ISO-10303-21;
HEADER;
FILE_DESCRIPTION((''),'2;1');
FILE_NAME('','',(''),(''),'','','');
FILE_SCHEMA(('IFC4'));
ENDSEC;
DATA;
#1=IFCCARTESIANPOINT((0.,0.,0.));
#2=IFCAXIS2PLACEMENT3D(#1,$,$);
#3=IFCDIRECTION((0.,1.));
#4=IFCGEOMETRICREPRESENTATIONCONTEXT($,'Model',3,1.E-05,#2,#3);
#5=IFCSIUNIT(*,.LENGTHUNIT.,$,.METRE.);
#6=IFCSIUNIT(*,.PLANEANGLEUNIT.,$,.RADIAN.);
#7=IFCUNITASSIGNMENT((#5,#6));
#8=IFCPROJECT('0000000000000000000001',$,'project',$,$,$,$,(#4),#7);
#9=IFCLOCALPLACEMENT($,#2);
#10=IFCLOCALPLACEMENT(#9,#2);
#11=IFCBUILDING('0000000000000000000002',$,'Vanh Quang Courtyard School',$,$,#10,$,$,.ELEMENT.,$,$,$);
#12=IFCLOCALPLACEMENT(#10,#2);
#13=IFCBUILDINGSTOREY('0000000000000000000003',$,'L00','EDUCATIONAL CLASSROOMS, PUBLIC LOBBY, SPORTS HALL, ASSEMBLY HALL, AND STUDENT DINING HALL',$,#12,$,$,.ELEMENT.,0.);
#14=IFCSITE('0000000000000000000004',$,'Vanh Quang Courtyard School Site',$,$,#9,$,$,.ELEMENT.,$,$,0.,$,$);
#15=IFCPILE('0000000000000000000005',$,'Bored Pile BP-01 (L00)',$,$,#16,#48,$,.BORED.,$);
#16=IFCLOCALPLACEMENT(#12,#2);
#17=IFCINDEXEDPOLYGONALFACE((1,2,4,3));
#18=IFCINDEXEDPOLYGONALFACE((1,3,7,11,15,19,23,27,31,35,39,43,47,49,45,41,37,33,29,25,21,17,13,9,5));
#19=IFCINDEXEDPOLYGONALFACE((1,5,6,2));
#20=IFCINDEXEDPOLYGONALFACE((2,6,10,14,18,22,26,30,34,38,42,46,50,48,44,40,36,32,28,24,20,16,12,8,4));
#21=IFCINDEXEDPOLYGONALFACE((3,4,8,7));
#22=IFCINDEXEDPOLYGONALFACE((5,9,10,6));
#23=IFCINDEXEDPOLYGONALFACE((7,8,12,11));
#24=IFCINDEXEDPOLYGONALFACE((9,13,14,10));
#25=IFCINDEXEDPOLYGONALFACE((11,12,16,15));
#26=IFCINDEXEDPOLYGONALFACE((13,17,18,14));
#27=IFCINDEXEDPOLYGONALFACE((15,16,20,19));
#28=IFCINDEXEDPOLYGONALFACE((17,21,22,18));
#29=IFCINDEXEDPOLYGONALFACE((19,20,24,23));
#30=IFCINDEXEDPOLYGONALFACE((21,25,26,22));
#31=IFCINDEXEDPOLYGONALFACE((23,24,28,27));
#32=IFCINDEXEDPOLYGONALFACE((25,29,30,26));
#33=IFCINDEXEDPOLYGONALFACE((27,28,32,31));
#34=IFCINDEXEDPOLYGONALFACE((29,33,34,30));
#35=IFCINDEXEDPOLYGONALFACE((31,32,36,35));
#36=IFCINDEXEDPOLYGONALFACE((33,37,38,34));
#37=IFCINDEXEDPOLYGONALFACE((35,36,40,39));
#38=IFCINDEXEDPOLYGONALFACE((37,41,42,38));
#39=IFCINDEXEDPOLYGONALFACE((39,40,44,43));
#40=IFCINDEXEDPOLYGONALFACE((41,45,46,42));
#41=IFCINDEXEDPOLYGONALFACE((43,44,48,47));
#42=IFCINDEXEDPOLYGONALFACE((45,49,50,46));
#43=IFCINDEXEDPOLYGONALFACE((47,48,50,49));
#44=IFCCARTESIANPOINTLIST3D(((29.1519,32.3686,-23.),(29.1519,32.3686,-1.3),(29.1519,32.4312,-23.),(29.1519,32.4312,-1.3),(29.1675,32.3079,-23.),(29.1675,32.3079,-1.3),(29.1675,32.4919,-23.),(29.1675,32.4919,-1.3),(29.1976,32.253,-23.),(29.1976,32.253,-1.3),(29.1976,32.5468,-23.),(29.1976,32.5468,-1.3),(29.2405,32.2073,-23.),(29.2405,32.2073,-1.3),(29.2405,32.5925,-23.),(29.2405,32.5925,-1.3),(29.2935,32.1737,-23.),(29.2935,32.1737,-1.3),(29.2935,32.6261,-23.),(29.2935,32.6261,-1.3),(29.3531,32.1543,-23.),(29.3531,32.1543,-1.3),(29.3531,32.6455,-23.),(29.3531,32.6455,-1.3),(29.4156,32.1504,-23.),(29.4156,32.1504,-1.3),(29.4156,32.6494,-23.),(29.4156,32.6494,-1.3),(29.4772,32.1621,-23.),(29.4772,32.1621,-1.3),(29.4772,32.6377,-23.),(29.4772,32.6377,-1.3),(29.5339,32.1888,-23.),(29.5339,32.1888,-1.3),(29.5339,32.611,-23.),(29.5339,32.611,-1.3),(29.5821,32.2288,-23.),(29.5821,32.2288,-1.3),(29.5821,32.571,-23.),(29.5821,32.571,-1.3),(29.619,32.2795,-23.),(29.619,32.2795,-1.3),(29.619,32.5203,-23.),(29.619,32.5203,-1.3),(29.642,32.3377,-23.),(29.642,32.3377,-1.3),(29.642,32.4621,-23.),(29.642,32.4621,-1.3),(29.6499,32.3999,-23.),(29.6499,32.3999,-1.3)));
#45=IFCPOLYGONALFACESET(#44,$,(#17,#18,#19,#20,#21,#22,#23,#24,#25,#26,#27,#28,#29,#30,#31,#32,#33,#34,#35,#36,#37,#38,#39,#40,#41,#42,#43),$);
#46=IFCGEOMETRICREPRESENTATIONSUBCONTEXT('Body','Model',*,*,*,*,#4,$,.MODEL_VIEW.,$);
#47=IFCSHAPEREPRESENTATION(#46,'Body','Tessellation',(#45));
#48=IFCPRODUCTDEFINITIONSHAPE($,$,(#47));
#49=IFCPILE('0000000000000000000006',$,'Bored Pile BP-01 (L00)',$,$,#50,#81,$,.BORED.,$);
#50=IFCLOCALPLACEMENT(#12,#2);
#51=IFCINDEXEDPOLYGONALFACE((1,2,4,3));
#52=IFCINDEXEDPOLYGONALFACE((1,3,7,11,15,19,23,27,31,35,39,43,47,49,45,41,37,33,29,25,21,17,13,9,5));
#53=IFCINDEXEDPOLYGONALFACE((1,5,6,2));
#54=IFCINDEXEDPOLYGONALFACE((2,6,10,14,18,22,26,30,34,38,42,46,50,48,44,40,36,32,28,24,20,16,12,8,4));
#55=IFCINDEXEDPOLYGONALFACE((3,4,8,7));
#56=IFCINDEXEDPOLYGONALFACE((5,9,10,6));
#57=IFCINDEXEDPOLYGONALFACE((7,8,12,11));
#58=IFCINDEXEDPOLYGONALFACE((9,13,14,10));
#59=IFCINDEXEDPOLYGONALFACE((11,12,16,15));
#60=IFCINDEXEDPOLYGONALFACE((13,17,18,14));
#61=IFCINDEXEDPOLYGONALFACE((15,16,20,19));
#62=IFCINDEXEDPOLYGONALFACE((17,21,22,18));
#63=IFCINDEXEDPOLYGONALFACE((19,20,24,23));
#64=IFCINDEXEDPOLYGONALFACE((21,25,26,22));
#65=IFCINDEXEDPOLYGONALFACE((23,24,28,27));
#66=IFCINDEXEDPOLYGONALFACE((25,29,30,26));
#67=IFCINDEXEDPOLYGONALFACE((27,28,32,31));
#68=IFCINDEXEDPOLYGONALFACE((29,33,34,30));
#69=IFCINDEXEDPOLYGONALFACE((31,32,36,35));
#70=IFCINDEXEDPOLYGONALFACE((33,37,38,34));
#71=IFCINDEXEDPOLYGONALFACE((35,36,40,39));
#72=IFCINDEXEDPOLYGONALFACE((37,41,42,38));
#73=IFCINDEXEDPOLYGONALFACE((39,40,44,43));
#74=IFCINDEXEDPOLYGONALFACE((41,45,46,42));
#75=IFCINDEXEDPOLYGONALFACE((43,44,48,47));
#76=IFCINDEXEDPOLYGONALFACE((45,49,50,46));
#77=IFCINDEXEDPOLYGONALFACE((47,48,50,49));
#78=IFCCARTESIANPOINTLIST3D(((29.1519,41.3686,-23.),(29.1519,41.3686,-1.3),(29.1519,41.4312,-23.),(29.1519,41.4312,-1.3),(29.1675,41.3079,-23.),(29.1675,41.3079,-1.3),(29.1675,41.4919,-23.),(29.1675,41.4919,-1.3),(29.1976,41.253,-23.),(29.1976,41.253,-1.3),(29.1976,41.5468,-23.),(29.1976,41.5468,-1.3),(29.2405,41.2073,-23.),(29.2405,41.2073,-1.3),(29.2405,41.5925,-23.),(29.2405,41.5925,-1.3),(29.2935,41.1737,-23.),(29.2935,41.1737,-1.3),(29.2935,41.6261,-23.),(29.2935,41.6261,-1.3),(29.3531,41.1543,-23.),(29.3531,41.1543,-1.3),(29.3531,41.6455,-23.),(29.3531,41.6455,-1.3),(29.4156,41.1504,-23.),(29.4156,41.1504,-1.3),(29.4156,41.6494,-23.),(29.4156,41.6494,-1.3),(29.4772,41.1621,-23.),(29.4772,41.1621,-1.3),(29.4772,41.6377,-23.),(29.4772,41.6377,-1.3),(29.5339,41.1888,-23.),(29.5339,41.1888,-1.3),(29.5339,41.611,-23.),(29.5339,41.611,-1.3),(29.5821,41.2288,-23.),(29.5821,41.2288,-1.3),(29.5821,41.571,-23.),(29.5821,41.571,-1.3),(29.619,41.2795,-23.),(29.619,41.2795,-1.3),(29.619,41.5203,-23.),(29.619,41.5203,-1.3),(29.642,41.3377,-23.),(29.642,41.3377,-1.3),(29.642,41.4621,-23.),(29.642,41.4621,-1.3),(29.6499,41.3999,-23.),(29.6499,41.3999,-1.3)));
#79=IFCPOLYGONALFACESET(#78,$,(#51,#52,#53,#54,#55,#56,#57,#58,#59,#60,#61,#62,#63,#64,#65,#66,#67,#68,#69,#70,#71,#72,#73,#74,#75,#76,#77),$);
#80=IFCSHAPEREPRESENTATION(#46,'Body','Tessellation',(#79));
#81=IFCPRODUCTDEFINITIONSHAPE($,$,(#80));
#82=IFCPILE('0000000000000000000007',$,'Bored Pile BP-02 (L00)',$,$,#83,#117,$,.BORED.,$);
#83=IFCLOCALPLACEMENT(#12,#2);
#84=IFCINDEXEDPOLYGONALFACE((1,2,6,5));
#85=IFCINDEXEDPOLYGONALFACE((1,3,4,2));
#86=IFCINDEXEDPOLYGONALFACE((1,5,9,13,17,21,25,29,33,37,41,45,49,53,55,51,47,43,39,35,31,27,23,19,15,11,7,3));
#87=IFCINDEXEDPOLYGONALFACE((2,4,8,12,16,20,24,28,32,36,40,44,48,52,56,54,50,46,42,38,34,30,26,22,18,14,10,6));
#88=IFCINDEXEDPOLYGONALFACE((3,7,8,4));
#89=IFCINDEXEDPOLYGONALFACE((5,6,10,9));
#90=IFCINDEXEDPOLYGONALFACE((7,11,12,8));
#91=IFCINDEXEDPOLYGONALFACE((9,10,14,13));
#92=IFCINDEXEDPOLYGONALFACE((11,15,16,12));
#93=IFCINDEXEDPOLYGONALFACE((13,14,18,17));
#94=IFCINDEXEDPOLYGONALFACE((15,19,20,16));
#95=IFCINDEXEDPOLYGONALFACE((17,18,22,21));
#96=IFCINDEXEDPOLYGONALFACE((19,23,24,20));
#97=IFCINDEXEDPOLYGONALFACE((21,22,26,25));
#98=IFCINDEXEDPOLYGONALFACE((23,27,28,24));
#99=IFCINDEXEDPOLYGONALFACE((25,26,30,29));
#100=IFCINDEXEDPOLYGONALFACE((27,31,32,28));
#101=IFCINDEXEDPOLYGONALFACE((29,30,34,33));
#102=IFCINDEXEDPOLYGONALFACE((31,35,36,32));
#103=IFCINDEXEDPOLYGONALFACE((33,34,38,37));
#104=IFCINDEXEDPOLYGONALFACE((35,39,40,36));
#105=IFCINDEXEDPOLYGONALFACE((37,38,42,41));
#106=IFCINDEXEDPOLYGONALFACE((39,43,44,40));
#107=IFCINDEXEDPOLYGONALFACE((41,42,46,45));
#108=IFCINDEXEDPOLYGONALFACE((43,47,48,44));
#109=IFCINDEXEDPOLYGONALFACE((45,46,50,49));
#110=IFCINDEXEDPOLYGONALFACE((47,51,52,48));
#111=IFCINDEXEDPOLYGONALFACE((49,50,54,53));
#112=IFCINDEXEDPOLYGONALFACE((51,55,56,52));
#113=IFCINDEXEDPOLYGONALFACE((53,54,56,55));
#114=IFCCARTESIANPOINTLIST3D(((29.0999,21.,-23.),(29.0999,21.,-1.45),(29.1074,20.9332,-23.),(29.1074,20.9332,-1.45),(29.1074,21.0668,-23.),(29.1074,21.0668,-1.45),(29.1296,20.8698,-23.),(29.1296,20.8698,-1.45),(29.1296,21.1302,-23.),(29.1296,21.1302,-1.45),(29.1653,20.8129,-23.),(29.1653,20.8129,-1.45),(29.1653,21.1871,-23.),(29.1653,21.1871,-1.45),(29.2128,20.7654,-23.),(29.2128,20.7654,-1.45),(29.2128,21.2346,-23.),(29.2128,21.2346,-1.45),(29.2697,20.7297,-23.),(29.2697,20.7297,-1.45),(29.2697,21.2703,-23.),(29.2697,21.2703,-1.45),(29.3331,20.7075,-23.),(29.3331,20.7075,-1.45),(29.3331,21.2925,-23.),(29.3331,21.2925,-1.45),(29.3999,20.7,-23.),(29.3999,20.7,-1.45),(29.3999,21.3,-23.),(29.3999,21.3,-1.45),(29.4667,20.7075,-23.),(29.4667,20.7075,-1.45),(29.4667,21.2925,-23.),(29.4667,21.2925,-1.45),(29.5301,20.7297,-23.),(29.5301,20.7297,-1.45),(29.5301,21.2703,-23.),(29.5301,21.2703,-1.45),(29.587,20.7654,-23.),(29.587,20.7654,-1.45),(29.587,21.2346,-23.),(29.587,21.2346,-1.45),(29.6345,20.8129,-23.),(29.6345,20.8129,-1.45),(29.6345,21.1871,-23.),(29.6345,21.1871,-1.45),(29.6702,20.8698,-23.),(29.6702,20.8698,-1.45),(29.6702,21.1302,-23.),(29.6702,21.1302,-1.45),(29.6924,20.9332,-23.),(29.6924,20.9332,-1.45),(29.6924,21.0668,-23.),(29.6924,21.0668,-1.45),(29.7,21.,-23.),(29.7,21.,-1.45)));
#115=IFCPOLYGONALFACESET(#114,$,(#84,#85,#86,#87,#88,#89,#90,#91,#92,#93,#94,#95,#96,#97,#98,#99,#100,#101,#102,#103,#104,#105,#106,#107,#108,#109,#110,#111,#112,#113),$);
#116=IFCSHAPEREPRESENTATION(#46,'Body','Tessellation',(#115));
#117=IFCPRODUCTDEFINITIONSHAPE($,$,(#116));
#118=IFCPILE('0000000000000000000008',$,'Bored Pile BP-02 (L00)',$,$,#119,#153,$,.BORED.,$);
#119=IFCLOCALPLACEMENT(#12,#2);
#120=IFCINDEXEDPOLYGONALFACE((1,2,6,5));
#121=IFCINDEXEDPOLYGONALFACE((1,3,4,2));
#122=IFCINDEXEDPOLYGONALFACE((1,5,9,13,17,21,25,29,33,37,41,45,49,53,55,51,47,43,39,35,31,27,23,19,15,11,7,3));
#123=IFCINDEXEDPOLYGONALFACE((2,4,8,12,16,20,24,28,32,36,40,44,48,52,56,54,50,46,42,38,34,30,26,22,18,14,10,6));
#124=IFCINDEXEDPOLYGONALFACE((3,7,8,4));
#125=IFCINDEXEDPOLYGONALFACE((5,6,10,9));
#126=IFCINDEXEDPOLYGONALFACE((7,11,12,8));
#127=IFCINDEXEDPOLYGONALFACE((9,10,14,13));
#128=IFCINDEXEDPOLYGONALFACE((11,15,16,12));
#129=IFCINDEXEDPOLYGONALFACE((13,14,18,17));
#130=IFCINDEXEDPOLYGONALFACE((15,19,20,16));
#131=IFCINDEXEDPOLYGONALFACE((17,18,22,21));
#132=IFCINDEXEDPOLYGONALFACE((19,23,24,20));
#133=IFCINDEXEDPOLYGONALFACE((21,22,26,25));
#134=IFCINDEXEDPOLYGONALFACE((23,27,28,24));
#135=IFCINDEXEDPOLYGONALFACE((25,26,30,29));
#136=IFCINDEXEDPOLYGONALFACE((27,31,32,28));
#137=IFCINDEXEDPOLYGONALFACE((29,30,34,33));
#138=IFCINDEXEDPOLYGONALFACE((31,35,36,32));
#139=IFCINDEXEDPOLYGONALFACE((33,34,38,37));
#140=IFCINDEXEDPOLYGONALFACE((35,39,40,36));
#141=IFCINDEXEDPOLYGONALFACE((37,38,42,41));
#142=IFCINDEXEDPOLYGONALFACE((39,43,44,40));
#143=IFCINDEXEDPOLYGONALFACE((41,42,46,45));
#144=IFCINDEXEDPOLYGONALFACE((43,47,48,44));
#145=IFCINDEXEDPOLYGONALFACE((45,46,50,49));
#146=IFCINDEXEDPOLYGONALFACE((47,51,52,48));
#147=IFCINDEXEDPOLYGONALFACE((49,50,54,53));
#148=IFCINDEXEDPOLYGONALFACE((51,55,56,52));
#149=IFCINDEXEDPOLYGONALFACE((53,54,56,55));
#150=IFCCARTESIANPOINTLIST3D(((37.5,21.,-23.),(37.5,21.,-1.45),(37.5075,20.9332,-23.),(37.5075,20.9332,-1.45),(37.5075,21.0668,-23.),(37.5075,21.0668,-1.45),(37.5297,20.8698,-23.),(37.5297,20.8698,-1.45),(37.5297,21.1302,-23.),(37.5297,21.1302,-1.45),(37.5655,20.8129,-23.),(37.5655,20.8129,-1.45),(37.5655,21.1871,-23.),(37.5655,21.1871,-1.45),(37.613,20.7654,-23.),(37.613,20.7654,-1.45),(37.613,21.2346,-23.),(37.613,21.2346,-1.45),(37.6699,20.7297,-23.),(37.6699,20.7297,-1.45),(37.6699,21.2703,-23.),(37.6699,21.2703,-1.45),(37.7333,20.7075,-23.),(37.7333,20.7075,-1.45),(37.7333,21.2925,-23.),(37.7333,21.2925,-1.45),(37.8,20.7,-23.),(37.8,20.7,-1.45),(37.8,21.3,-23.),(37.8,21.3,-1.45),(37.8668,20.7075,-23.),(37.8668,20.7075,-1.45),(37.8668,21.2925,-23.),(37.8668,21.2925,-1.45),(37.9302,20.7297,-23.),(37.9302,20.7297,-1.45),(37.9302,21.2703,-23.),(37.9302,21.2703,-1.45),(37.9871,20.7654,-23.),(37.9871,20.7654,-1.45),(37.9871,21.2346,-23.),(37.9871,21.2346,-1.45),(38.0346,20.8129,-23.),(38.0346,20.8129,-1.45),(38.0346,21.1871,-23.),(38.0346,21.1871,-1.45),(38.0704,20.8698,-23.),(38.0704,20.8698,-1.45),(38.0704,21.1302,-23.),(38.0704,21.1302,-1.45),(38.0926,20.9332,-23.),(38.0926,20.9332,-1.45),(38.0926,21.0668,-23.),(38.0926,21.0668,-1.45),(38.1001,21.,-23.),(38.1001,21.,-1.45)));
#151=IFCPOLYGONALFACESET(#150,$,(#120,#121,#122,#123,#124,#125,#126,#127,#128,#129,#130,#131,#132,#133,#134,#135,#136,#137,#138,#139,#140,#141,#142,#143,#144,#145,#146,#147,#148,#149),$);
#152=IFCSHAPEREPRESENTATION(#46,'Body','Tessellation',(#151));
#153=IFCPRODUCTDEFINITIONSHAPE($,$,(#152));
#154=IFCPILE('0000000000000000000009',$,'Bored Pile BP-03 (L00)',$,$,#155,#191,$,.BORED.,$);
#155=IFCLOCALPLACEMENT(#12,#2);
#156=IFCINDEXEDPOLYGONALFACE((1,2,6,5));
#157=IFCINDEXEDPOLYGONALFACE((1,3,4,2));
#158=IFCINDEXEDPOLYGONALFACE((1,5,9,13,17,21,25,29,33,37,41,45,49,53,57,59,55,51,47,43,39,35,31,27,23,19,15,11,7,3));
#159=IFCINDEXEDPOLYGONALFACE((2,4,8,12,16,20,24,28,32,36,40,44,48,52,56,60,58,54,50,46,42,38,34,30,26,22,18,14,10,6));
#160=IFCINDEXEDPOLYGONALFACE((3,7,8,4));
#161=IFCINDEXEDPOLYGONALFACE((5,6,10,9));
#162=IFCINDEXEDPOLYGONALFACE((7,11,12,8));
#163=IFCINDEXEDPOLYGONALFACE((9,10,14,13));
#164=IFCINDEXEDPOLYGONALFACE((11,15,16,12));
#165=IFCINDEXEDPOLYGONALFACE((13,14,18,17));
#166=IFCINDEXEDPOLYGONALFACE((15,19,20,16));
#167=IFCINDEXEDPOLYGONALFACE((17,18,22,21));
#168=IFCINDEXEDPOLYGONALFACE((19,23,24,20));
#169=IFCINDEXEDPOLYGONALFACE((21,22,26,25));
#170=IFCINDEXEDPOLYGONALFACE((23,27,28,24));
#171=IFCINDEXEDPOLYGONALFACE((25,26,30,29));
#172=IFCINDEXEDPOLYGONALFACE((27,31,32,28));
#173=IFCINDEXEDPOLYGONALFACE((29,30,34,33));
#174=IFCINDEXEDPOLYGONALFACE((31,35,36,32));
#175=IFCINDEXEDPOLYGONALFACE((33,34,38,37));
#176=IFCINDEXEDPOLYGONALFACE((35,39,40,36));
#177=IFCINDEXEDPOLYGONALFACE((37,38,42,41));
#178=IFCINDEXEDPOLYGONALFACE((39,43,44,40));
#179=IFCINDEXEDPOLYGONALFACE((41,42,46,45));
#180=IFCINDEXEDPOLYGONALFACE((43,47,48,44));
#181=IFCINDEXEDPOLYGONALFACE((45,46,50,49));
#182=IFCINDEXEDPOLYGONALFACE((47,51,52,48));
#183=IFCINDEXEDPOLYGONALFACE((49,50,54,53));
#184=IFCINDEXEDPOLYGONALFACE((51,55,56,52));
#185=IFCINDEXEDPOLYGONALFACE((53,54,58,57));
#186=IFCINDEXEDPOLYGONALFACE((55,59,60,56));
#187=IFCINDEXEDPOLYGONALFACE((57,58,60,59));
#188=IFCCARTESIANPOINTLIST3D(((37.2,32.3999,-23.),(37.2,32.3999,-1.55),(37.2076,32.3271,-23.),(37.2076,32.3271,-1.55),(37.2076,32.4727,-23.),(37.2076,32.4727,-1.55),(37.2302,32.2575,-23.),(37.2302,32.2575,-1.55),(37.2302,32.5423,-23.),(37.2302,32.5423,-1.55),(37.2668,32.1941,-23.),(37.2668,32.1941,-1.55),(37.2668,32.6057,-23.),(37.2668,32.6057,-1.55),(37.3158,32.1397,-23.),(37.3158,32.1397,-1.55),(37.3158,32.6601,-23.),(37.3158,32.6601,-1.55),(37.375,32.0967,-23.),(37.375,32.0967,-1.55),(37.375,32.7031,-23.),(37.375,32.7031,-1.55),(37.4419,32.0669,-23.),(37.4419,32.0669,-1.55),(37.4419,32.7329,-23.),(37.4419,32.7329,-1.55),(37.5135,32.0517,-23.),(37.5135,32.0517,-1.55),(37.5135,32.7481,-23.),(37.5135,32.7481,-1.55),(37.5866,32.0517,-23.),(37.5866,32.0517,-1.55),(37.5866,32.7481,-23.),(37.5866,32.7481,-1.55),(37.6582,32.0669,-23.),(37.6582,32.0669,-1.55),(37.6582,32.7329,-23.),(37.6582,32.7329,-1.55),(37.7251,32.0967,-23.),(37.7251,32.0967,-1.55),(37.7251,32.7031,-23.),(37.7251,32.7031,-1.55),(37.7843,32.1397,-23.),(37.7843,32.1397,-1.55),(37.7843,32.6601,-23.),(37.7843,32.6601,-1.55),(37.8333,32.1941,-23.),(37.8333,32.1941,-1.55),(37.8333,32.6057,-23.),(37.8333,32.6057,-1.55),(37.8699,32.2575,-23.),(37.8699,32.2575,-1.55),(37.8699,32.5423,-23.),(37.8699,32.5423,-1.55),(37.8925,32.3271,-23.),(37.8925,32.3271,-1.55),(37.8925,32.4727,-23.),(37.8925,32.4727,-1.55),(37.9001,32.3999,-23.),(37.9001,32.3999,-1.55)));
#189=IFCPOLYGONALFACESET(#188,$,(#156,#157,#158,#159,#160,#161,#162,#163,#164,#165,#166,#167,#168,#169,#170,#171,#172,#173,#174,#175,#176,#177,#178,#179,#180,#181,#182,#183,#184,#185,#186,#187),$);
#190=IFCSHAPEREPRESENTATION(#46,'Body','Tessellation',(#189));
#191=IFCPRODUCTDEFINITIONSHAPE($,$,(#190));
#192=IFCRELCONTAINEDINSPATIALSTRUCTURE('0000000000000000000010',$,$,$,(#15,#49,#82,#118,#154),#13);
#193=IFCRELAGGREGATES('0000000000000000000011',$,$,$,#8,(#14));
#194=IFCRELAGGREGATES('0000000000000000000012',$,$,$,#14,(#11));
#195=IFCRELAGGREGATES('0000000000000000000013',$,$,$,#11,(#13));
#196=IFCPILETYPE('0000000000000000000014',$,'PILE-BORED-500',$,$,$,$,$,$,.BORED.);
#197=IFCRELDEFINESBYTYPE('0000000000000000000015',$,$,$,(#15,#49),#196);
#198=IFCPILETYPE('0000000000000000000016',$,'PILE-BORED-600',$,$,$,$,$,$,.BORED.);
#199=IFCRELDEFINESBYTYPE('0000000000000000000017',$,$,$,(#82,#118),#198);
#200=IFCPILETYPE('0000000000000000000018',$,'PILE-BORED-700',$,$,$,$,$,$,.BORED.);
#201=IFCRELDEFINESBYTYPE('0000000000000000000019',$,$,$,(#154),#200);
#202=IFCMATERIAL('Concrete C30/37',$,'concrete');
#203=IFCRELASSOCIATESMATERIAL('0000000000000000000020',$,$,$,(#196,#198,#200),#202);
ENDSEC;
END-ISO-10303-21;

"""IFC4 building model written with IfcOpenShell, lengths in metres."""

from ifc_helpers import new_model, si_unit, direction, frame, origin, origin_2d, place, context, subcontext, project, spatial, circle, extrude, material, material_profile, profile_set, type_object, element, save


model = new_model("IFC4")

# Units and contexts
model_context = context("Model", 3, precision=1e-05, world=origin(), true_north=direction((0.0, 1.0)))
body_context = subcontext(model_context, "Body", "Model", "MODEL_VIEW")
ifc_project = project(units=[si_unit("LENGTHUNIT", "METRE"), si_unit("PLANEANGLEUNIT", "RADIAN")], contexts=[model_context])

# Site, building, storey
site_placement = place(None, origin())
site = spatial("IfcSite", under=ifc_project, at=site_placement, Name="Vanh Quang Courtyard School Site", CompositionType="ELEMENT", RefElevation=0.0)
building_placement = place(site_placement, origin())
building = spatial("IfcBuilding", under=site, at=building_placement, Name="Vanh Quang Courtyard School", CompositionType="ELEMENT")
storey_placement = place(building_placement, origin())
storey = spatial("IfcBuildingStorey", under=building, at=storey_placement, Name="L00", Description="EDUCATIONAL CLASSROOMS, PUBLIC LOBBY, SPORTS HALL, ASSEMBLY HALL, AND STUDENT DINING HALL", CompositionType="ELEMENT", Elevation=0.0)

# Piles
ifc_material_1 = material(Name="Concrete C30/37", Category="concrete")
ifc_material_profile_1 = material_profile(ifc_material_1, circle(Radius=0.25, at=origin_2d()), Name="PILE D500")
ifc_profile_set_1 = profile_set([ifc_material_profile_1], Name="Concrete C30/37")
pile_type_1 = type_object("IfcPileType", Name="PILE-BORED-500", PredefinedType="BORED", material=ifc_profile_set_1)
for number, where, z_axis, x_axis, name in (
    (1, (29.3999, 32.3999, -1.3), (0.0, 0.0, -1.0), (1.0, 0.0, 0.0), "Bored Pile BP-01 (L00)"),
    (2, (29.3999, 41.3999, -1.3), (0.0, 0.0, -1.0), (1.0, 0.0, 0.0), "Bored Pile BP-01 (L00)"),
):
    element("IfcPile", number, at=place(storey_placement, frame(where, z_axis=z_axis, x_axis=x_axis)), inside=storey, type_object=pile_type_1, Name=name, PredefinedType="BORED", context=body_context, shape_type="SweptSolid", body=[
        extrude(circle(Radius=0.25, at=origin_2d()), origin(), (0.0, 0.0, 1.0), 21.7),
    ])
ifc_material_profile_2 = material_profile(ifc_material_1, circle(Radius=0.3, at=origin_2d()), Name="PILE D600")
ifc_profile_set_2 = profile_set([ifc_material_profile_2], Name="Concrete C30/37")
pile_type_2 = type_object("IfcPileType", Name="PILE-BORED-600", PredefinedType="BORED", material=ifc_profile_set_2)
for number, where, z_axis, x_axis, name in (
    (3, (29.3999, 21.0, -1.45), (0.0, 0.0, -1.0), (1.0, 0.0, 0.0), "Bored Pile BP-02 (L00)"),
    (4, (37.8, 21.0, -1.45), (0.0, 0.0, -1.0), (1.0, 0.0, 0.0), "Bored Pile BP-02 (L00)"),
):
    element("IfcPile", number, at=place(storey_placement, frame(where, z_axis=z_axis, x_axis=x_axis)), inside=storey, type_object=pile_type_2, Name=name, PredefinedType="BORED", context=body_context, shape_type="SweptSolid", body=[
        extrude(circle(Radius=0.3, at=origin_2d()), origin(), (0.0, 0.0, 1.0), 21.55),
    ])
ifc_material_profile_3 = material_profile(ifc_material_1, circle(Radius=0.3501, at=origin_2d()), Name="PILE D700")
ifc_profile_set_3 = profile_set([ifc_material_profile_3], Name="Concrete C30/37")
pile_type_3 = type_object("IfcPileType", Name="PILE-BORED-700", PredefinedType="BORED", material=ifc_profile_set_3)
for number, where, z_axis, x_axis, name in (
    (5, (37.55, 32.3999, -1.55), (0.0, 0.0, -1.0), (1.0, 0.0, 0.0), "Bored Pile BP-03 (L00)"),
):
    element("IfcPile", number, at=place(storey_placement, frame(where, z_axis=z_axis, x_axis=x_axis)), inside=storey, type_object=pile_type_3, Name=name, PredefinedType="BORED", context=body_context, shape_type="SweptSolid", body=[
        extrude(circle(Radius=0.3501, at=origin_2d()), origin(), (0.0, 0.0, 1.0), 21.45),
    ])

save(model, "model.ifc")
